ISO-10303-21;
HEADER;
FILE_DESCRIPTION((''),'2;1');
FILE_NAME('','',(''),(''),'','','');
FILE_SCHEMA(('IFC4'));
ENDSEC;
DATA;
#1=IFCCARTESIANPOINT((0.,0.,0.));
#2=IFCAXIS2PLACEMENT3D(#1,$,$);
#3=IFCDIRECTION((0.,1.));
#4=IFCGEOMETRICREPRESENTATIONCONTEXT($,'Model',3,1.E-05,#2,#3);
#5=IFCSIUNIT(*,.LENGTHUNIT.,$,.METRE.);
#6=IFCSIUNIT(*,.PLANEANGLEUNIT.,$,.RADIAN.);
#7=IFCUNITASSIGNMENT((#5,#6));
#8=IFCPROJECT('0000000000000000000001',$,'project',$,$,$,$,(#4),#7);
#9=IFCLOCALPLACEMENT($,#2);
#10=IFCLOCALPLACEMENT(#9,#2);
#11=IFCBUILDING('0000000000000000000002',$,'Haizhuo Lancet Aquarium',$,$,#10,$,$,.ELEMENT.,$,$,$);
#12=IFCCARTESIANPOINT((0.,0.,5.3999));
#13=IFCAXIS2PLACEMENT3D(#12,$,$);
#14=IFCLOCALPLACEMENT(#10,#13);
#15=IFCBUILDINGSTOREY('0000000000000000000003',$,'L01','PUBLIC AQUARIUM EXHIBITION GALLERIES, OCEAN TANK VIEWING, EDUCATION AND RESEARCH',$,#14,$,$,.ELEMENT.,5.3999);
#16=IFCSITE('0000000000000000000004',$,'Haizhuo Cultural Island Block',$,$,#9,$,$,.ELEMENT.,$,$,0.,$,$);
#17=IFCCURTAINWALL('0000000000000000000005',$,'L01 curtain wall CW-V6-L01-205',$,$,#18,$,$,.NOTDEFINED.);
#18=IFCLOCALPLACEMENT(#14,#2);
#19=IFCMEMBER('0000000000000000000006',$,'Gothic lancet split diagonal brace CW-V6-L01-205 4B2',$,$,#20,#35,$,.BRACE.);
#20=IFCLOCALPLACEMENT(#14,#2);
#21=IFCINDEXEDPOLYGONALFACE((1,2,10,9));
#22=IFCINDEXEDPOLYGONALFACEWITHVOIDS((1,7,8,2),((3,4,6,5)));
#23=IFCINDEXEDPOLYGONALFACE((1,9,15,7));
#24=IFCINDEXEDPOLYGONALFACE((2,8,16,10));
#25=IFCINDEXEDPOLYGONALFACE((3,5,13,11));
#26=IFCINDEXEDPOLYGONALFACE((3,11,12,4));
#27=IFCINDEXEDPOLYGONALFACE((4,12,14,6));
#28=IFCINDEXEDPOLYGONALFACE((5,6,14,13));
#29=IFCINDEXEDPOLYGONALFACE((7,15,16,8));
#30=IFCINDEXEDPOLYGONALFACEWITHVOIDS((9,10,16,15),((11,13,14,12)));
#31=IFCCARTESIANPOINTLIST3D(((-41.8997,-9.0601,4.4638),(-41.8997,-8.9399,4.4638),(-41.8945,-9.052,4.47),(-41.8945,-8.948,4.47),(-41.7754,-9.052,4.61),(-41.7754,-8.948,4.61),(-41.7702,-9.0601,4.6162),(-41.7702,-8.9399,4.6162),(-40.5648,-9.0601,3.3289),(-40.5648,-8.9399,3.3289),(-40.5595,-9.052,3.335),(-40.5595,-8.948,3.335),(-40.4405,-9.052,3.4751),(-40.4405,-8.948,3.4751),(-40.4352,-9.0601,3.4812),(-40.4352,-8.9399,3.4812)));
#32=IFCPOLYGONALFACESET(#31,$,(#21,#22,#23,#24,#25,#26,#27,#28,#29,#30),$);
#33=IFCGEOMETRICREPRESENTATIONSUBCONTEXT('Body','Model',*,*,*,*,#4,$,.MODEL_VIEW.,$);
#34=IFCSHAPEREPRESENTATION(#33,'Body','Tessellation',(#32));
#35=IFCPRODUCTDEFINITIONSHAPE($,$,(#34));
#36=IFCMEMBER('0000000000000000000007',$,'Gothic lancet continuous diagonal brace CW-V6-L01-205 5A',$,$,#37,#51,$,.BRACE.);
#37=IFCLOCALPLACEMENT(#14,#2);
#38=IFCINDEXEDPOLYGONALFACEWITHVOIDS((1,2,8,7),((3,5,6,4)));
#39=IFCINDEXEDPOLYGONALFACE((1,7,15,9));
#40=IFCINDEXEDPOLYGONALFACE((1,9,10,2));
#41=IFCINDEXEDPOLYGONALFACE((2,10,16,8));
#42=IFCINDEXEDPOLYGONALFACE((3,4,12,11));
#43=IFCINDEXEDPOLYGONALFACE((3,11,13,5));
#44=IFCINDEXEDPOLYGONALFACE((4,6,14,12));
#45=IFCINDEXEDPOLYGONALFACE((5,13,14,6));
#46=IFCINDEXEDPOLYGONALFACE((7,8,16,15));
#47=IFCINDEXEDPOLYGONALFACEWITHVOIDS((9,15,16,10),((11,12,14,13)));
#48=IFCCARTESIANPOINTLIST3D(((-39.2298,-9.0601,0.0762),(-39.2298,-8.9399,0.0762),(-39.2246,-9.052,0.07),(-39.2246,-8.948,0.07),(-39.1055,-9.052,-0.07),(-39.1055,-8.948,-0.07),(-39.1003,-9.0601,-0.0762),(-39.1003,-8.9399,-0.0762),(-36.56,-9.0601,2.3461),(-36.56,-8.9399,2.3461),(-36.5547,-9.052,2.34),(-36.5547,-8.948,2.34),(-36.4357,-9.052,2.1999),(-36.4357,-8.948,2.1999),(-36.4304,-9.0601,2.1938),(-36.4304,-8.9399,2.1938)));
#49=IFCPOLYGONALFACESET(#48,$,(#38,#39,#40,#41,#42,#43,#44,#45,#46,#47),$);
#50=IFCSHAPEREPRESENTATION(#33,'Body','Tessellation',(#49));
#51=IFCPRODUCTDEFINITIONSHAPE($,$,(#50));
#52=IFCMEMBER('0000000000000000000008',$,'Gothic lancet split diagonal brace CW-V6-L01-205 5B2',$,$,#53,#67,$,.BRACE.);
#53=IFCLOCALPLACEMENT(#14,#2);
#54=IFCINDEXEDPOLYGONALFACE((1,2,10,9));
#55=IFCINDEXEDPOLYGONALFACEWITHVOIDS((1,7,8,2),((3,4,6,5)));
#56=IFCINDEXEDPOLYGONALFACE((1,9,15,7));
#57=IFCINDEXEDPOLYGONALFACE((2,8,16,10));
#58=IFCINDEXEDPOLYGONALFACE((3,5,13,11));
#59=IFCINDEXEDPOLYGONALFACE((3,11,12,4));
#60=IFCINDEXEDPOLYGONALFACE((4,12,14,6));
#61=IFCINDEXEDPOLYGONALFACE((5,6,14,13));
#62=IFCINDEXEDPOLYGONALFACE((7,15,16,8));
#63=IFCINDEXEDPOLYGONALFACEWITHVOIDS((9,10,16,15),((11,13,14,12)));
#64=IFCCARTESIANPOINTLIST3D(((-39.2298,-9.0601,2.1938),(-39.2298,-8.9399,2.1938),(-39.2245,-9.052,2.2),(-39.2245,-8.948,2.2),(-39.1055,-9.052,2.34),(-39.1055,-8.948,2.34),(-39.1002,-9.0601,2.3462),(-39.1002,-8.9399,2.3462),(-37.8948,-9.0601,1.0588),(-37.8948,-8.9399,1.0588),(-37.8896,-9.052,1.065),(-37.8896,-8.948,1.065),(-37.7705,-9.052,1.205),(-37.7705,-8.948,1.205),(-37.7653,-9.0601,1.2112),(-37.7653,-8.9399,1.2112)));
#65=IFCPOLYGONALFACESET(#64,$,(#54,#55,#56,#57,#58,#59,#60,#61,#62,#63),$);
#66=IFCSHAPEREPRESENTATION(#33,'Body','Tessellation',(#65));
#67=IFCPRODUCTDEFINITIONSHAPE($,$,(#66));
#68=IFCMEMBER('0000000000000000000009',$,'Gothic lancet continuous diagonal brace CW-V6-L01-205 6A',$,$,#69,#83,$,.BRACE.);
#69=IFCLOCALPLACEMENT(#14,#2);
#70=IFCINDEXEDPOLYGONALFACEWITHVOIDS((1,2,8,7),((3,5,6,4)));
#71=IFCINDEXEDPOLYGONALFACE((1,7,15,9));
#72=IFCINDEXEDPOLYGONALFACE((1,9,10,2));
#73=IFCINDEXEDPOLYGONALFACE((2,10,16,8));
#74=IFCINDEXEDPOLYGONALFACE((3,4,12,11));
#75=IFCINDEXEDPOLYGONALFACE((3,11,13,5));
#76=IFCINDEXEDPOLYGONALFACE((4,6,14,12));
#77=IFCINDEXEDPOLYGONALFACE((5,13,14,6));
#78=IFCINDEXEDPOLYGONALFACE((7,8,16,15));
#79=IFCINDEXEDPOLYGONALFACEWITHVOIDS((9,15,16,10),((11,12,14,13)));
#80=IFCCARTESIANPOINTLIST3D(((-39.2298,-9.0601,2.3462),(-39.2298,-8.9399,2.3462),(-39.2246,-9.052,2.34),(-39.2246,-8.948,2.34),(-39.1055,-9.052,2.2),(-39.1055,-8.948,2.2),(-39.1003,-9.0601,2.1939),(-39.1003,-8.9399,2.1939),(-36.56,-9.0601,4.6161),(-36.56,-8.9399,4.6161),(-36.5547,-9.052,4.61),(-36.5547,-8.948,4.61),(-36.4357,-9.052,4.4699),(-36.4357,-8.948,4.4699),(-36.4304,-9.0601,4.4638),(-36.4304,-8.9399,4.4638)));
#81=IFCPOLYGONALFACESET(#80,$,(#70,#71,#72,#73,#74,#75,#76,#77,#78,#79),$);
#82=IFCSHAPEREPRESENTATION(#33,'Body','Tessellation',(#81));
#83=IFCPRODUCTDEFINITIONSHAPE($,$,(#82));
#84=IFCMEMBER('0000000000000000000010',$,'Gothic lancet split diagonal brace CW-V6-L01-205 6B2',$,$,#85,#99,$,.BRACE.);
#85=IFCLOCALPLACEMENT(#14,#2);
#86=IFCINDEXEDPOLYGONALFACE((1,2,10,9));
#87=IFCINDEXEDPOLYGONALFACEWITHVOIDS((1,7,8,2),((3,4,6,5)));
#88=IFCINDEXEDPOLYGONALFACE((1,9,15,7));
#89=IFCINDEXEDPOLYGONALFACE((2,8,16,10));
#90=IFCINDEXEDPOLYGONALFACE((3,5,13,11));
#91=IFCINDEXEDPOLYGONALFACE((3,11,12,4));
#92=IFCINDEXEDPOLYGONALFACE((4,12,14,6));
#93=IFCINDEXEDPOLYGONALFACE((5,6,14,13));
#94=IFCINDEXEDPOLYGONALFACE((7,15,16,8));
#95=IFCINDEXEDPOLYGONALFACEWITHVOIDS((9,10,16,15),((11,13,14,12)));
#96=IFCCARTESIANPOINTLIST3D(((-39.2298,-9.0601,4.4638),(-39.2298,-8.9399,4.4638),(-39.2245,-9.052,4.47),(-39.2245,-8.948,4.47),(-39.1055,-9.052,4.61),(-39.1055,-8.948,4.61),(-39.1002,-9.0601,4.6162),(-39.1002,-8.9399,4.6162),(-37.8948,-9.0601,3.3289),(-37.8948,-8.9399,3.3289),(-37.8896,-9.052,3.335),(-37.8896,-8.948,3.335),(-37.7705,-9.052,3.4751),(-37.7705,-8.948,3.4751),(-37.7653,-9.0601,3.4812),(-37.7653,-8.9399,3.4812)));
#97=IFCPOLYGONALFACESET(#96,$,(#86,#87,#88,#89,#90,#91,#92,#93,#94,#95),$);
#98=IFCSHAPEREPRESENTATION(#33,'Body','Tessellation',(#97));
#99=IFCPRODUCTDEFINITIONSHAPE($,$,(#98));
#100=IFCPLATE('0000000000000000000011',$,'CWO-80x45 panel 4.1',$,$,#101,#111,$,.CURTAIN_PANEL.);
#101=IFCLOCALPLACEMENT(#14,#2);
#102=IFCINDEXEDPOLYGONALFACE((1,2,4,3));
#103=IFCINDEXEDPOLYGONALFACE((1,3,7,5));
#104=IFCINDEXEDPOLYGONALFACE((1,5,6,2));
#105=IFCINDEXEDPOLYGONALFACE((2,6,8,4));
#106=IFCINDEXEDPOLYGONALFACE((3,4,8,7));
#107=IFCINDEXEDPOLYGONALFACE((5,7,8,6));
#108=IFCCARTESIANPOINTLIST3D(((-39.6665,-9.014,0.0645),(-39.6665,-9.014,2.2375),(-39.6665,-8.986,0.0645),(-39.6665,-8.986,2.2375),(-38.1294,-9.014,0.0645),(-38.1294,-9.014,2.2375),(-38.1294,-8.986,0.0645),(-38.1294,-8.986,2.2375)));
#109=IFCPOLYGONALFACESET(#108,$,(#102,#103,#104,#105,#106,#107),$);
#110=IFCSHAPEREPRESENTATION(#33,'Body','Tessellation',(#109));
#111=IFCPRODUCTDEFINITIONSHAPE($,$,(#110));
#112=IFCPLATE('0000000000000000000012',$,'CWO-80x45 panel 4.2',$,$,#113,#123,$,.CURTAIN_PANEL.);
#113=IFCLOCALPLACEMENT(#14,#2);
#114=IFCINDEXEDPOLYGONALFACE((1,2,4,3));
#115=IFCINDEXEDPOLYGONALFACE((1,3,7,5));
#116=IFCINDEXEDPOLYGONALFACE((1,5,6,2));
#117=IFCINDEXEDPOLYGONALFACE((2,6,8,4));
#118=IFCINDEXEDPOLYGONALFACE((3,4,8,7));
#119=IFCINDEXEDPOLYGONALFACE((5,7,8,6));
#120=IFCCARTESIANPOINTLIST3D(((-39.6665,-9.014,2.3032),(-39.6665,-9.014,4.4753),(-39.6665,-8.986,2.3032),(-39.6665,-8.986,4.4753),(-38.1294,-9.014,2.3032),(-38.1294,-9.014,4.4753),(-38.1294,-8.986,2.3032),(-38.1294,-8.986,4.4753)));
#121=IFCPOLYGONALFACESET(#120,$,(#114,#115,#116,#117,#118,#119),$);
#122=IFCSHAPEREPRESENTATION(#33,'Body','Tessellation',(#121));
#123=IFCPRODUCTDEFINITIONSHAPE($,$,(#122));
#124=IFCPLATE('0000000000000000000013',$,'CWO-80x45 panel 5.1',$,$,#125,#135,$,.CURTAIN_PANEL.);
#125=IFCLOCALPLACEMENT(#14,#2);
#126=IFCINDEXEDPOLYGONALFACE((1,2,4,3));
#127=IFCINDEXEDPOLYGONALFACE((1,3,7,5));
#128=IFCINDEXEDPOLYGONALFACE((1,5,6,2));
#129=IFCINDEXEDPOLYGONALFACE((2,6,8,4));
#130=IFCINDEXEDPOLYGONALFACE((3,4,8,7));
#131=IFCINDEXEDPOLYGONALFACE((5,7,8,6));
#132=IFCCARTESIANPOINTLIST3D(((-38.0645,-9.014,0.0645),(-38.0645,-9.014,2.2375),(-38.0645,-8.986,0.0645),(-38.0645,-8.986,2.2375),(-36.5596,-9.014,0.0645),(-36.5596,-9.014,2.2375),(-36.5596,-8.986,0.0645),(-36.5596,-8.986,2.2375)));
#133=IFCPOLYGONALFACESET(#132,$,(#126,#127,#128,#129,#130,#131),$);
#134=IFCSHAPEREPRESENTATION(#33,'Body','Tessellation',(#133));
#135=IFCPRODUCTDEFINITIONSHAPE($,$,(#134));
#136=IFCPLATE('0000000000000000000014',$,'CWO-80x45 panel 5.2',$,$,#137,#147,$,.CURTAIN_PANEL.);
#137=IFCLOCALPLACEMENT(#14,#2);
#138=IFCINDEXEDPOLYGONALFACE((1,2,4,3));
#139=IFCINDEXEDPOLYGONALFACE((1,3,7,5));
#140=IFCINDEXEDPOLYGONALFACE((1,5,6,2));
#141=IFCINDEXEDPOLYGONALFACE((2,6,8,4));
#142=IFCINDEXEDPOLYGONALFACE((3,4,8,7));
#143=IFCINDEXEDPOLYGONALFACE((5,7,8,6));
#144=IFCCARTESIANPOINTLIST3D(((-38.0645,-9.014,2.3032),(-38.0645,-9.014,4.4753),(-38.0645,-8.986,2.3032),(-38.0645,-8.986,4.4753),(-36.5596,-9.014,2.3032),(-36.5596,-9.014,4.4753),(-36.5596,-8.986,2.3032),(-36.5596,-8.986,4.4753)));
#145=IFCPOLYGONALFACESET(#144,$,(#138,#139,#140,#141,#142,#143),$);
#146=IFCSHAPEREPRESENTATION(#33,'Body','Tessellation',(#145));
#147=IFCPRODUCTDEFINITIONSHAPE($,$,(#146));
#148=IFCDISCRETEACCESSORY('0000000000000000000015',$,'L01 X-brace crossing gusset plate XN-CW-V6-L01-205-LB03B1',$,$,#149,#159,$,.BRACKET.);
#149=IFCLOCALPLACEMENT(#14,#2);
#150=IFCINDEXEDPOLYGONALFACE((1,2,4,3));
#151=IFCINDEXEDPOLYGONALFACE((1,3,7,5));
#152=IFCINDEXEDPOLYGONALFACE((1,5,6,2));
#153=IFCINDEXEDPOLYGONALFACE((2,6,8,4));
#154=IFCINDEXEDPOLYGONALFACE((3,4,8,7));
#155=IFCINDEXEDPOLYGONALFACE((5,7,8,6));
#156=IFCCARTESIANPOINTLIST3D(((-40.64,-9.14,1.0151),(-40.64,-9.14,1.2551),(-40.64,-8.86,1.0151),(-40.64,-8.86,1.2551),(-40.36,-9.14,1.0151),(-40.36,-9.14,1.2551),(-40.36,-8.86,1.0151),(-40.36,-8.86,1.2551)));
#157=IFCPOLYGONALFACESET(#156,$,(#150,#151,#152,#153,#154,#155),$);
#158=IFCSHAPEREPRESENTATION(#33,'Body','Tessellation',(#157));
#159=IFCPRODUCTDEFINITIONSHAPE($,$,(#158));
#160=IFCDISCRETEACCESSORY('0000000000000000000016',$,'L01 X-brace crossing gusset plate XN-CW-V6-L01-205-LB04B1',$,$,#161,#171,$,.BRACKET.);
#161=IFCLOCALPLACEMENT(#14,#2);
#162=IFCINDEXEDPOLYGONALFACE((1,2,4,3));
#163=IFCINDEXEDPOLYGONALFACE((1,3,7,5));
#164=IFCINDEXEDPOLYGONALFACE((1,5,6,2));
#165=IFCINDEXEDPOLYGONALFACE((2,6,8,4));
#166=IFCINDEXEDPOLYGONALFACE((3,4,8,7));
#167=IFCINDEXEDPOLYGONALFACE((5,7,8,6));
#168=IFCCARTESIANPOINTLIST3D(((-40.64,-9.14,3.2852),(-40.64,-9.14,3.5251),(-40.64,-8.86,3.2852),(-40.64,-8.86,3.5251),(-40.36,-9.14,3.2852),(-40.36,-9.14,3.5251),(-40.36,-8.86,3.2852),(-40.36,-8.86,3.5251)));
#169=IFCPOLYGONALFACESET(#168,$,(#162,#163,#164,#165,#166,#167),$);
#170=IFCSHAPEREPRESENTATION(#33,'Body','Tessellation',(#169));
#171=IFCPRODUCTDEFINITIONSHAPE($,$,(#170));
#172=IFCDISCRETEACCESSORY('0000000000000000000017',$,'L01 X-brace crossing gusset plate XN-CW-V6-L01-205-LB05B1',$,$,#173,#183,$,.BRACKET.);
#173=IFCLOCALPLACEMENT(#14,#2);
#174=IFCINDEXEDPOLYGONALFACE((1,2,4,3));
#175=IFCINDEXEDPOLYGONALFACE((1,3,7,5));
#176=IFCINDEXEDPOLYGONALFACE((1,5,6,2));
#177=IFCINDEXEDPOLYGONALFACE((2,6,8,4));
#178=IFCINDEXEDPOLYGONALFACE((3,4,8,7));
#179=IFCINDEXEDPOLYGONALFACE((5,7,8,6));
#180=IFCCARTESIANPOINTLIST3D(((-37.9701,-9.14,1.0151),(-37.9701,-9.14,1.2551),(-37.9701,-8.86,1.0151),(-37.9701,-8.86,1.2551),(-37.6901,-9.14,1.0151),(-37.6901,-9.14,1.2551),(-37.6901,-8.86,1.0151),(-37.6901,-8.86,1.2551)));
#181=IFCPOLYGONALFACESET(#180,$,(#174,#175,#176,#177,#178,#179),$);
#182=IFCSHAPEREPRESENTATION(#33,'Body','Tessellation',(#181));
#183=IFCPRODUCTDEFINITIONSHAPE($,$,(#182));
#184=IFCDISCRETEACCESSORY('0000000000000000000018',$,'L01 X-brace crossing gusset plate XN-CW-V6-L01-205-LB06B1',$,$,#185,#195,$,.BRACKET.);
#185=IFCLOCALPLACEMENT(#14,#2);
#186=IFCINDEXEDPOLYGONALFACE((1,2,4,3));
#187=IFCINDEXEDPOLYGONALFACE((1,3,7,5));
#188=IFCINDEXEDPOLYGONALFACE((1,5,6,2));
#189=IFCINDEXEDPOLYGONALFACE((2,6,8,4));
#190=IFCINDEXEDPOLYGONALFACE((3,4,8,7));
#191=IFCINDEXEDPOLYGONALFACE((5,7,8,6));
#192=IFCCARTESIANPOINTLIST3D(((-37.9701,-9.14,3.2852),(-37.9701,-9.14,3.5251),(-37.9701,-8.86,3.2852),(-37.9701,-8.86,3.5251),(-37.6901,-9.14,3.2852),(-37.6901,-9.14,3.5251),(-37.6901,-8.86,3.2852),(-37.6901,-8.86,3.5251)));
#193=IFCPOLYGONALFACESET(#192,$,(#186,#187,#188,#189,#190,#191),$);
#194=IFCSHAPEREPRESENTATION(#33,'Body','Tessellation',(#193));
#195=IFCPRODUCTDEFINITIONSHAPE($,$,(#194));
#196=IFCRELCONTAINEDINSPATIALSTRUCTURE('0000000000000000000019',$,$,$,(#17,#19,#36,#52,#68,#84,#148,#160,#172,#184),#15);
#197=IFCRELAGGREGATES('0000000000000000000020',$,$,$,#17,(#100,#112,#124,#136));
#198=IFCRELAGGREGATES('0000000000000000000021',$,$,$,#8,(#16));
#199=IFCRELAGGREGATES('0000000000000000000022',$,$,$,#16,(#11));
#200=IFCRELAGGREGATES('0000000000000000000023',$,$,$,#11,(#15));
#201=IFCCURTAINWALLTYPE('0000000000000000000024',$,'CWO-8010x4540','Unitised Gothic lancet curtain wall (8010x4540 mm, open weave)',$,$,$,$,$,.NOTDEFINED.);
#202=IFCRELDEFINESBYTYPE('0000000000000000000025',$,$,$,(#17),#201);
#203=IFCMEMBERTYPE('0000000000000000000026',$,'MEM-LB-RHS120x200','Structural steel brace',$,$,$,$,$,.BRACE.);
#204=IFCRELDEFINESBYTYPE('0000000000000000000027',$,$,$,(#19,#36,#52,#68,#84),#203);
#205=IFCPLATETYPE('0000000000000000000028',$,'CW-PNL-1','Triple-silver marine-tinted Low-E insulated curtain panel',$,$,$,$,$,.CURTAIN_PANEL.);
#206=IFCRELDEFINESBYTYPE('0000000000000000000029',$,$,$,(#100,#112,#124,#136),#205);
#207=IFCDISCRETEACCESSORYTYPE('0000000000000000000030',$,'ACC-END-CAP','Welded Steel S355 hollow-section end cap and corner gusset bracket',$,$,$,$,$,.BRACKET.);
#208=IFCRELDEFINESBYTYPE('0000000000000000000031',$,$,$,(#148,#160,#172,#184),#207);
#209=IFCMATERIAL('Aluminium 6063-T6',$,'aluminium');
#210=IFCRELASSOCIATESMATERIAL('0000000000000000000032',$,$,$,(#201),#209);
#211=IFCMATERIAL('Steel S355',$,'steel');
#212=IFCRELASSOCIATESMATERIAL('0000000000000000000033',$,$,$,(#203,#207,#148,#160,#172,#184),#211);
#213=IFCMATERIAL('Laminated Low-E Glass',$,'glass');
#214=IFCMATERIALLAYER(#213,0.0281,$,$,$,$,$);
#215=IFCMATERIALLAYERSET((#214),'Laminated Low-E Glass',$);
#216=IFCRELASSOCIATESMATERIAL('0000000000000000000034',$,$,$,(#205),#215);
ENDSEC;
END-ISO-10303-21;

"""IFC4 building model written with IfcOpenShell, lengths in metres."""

from ifc_helpers import new_model, si_unit, direction, frame, origin, origin_2d, place, context, subcontext, project, spatial, rectangle, hollow_rectangle, extrude, material, layer, layer_set, material_profile, profile_set, type_object, element, aggregate, save


model = new_model("IFC4")

# Units and contexts
model_context = context("Model", 3, precision=1e-05, world=origin(), true_north=direction((0.0, 1.0)))
body_context = subcontext(model_context, "Body", "Model", "MODEL_VIEW")
ifc_project = project(units=[si_unit("LENGTHUNIT", "METRE"), si_unit("PLANEANGLEUNIT", "RADIAN")], contexts=[model_context])

# Site, building, storey
site_placement = place(None, origin())
site = spatial("IfcSite", under=ifc_project, at=site_placement, Name="Haizhuo Cultural Island Block", CompositionType="ELEMENT", RefElevation=0.0)
building_placement = place(site_placement, origin())
building = spatial("IfcBuilding", under=site, at=building_placement, Name="Haizhuo Lancet Aquarium", CompositionType="ELEMENT")
storey_placement = place(building_placement, frame((0.0, 0.0, 5.3999)))
storey = spatial("IfcBuildingStorey", under=building, at=storey_placement, Name="L01", Description="PUBLIC AQUARIUM EXHIBITION GALLERIES, OCEAN TANK VIEWING, EDUCATION AND RESEARCH", CompositionType="ELEMENT", Elevation=5.3999)

# Curtain wall
ifc_material_1 = material(Name="Aluminium 6063-T6", Category="aluminium")
curtain_wall_type = type_object("IfcCurtainWallType", Name="CWO-8010x4540", Description="Unitised Gothic lancet curtain wall (8010x4540 mm, open weave)", PredefinedType="NOTDEFINED", material=ifc_material_1)
curtain_wall_placement = place(storey_placement, origin())
curtain_wall = element("IfcCurtainWall", 1, at=curtain_wall_placement, inside=storey, type_object=curtain_wall_type, Name="L01 curtain wall CW-V6-L01-205", PredefinedType="NOTDEFINED")

# Members
ifc_material_2 = material(Name="Steel S355", Category="steel")
ifc_material_profile_1 = material_profile(ifc_material_2, hollow_rectangle(XDim=0.1201, YDim=0.2, WallThickness=0.0081, at=origin_2d()), Name="RHS 120x200x8")
ifc_profile_set_1 = profile_set([ifc_material_profile_1], Name="Steel S355")
member_type_1 = type_object("IfcMemberType", Name="MEM-LB-RHS120x200", Description="Structural steel brace", PredefinedType="BRACE", material=ifc_profile_set_1)
for number, where, z_axis, x_axis, name in (
    (2, (-40.5, -9.0, 3.405), (-0.761857, 0.0, 0.647745), (0.0, -1.0, 0.0), "Gothic lancet split diagonal brace CW-V6-L01-205 4B2"),
):
    element("IfcMember", number, at=place(storey_placement, frame(where, z_axis=z_axis, x_axis=x_axis)), inside=storey, type_object=member_type_1, Name=name, PredefinedType="BRACE", context=body_context, shape_type="SweptSolid", body=[
        extrude(hollow_rectangle(XDim=0.1201, YDim=0.2, WallThickness=0.0081, at=origin_2d()), origin(), (0.0, 0.0, 1.0), 1.7522),
    ])
member_1_placement = place(storey_placement, frame((-39.165, -9.0, 0.0), z_axis=(0.761857, 0.0, 0.647745), x_axis=(0.0, 1.0, 0.0)))
element("IfcMember", 3, at=member_1_placement, inside=storey, type_object=member_type_1, Name="Gothic lancet continuous diagonal brace CW-V6-L01-205 5A", PredefinedType="BRACE", context=body_context, shape_type="SweptSolid", body=[
    extrude(hollow_rectangle(XDim=0.1201, YDim=0.2, WallThickness=0.0081, at=origin_2d()), origin(), (0.0, 0.0, 1.0), 3.5044),
])
member_2_placement = place(storey_placement, frame((-37.8301, -9.0, 1.135), z_axis=(-0.761857, 0.0, 0.647745), x_axis=(0.0, -1.0, 0.0)))
element("IfcMember", 4, at=member_2_placement, inside=storey, type_object=member_type_1, Name="Gothic lancet split diagonal brace CW-V6-L01-205 5B2", PredefinedType="BRACE", context=body_context, shape_type="SweptSolid", body=[
    extrude(hollow_rectangle(XDim=0.1201, YDim=0.2, WallThickness=0.0081, at=origin_2d()), origin(), (0.0, 0.0, 1.0), 1.7522),
])
member_3_placement = place(storey_placement, frame((-39.165, -9.0, 2.27), z_axis=(0.761857, 0.0, 0.647745), x_axis=(0.0, 1.0, 0.0)))
element("IfcMember", 5, at=member_3_placement, inside=storey, type_object=member_type_1, Name="Gothic lancet continuous diagonal brace CW-V6-L01-205 6A", PredefinedType="BRACE", context=body_context, shape_type="SweptSolid", body=[
    extrude(hollow_rectangle(XDim=0.1201, YDim=0.2, WallThickness=0.0081, at=origin_2d()), origin(), (0.0, 0.0, 1.0), 3.5044),
])
member_4_placement = place(storey_placement, frame((-37.8301, -9.0, 3.405), z_axis=(-0.761857, 0.0, 0.647745), x_axis=(0.0, -1.0, 0.0)))
element("IfcMember", 6, at=member_4_placement, inside=storey, type_object=member_type_1, Name="Gothic lancet split diagonal brace CW-V6-L01-205 6B2", PredefinedType="BRACE", context=body_context, shape_type="SweptSolid", body=[
    extrude(hollow_rectangle(XDim=0.1201, YDim=0.2, WallThickness=0.0081, at=origin_2d()), origin(), (0.0, 0.0, 1.0), 1.7522),
])

# Plates
ifc_material_3 = material(Name="Laminated Low-E Glass", Category="glass")
ifc_layer = layer(ifc_material_3, 0.0281)
ifc_layer_set = layer_set([ifc_layer], Name="Laminated Low-E Glass")
plate_type = type_object("IfcPlateType", Name="CW-PNL-1", Description="Triple-silver marine-tinted Low-E insulated curtain panel", PredefinedType="CURTAIN_PANEL", material=ifc_layer_set)
plate_1_placement = place(storey_placement, frame((-38.8979, -9.0, 0.0645), z_axis=(0.0, 0.0, 1.0), x_axis=(1.0, 0.0, 0.0)))
plate_1 = element("IfcPlate", 7, at=plate_1_placement, type_object=plate_type, Name="CWO-80x45 panel 4.1", PredefinedType="CURTAIN_PANEL", context=body_context, shape_type="SweptSolid", body=[
    extrude(rectangle(XDim=1.5371, YDim=0.0281, at=origin_2d()), origin(), (0.0, 0.0, 1.0), 2.1731),
])
plate_2_placement = place(storey_placement, frame((-38.8979, -9.0, 2.3032), z_axis=(0.0, 0.0, 1.0), x_axis=(1.0, 0.0, 0.0)))
plate_2 = element("IfcPlate", 8, at=plate_2_placement, type_object=plate_type, Name="CWO-80x45 panel 4.2", PredefinedType="CURTAIN_PANEL", context=body_context, shape_type="SweptSolid", body=[
    extrude(rectangle(XDim=1.5371, YDim=0.0281, at=origin_2d()), origin(), (0.0, 0.0, 1.0), 2.1721),
])
plate_3_placement = place(storey_placement, frame((-37.312, -9.0, 0.0645), z_axis=(0.0, 0.0, 1.0), x_axis=(1.0, 0.0, 0.0)))
plate_3 = element("IfcPlate", 9, at=plate_3_placement, type_object=plate_type, Name="CWO-80x45 panel 5.1", PredefinedType="CURTAIN_PANEL", context=body_context, shape_type="SweptSolid", body=[
    extrude(rectangle(XDim=1.5049, YDim=0.0281, at=origin_2d()), origin(), (0.0, 0.0, 1.0), 2.1731),
])
plate_4_placement = place(storey_placement, frame((-37.312, -9.0, 2.3032), z_axis=(0.0, 0.0, 1.0), x_axis=(1.0, 0.0, 0.0)))
plate_4 = element("IfcPlate", 10, at=plate_4_placement, type_object=plate_type, Name="CWO-80x45 panel 5.2", PredefinedType="CURTAIN_PANEL", context=body_context, shape_type="SweptSolid", body=[
    extrude(rectangle(XDim=1.5049, YDim=0.0281, at=origin_2d()), origin(), (0.0, 0.0, 1.0), 2.1721),
])
aggregate(curtain_wall, [plate_1, plate_2, plate_3, plate_4])

# Discrete accessories
discrete_accessory_type = type_object("IfcDiscreteAccessoryType", Name="ACC-END-CAP", Description="Welded Steel S355 hollow-section end cap and corner gusset bracket", PredefinedType="BRACKET", material=ifc_material_2)
for number, where, z_axis, x_axis, name in (
    (11, (-40.5, -9.0, 1.0151), (0.0, 0.0, 1.0), (1.0, 0.0, 0.0), "L01 X-brace crossing gusset plate XN-CW-V6-L01-205-LB03B1"),
    (12, (-40.5, -9.0, 3.2852), (0.0, 0.0, 1.0), (1.0, 0.0, 0.0), "L01 X-brace crossing gusset plate XN-CW-V6-L01-205-LB04B1"),
    (13, (-37.8301, -9.0, 1.0151), (0.0, 0.0, 1.0), (1.0, 0.0, 0.0), "L01 X-brace crossing gusset plate XN-CW-V6-L01-205-LB05B1"),
    (14, (-37.8301, -9.0, 3.2852), (0.0, 0.0, 1.0), (1.0, 0.0, 0.0), "L01 X-brace crossing gusset plate XN-CW-V6-L01-205-LB06B1"),
):
    element("IfcDiscreteAccessory", number, at=place(storey_placement, frame(where, z_axis=z_axis, x_axis=x_axis)), inside=storey, type_object=discrete_accessory_type, material=ifc_material_2, Name=name, PredefinedType="BRACKET", context=body_context, shape_type="SweptSolid", body=[
        extrude(rectangle(XDim=0.28, YDim=0.28, at=origin_2d()), origin(), (0.0, 0.0, 1.0), 0.24),
    ])

save(model, "model.ifc")
